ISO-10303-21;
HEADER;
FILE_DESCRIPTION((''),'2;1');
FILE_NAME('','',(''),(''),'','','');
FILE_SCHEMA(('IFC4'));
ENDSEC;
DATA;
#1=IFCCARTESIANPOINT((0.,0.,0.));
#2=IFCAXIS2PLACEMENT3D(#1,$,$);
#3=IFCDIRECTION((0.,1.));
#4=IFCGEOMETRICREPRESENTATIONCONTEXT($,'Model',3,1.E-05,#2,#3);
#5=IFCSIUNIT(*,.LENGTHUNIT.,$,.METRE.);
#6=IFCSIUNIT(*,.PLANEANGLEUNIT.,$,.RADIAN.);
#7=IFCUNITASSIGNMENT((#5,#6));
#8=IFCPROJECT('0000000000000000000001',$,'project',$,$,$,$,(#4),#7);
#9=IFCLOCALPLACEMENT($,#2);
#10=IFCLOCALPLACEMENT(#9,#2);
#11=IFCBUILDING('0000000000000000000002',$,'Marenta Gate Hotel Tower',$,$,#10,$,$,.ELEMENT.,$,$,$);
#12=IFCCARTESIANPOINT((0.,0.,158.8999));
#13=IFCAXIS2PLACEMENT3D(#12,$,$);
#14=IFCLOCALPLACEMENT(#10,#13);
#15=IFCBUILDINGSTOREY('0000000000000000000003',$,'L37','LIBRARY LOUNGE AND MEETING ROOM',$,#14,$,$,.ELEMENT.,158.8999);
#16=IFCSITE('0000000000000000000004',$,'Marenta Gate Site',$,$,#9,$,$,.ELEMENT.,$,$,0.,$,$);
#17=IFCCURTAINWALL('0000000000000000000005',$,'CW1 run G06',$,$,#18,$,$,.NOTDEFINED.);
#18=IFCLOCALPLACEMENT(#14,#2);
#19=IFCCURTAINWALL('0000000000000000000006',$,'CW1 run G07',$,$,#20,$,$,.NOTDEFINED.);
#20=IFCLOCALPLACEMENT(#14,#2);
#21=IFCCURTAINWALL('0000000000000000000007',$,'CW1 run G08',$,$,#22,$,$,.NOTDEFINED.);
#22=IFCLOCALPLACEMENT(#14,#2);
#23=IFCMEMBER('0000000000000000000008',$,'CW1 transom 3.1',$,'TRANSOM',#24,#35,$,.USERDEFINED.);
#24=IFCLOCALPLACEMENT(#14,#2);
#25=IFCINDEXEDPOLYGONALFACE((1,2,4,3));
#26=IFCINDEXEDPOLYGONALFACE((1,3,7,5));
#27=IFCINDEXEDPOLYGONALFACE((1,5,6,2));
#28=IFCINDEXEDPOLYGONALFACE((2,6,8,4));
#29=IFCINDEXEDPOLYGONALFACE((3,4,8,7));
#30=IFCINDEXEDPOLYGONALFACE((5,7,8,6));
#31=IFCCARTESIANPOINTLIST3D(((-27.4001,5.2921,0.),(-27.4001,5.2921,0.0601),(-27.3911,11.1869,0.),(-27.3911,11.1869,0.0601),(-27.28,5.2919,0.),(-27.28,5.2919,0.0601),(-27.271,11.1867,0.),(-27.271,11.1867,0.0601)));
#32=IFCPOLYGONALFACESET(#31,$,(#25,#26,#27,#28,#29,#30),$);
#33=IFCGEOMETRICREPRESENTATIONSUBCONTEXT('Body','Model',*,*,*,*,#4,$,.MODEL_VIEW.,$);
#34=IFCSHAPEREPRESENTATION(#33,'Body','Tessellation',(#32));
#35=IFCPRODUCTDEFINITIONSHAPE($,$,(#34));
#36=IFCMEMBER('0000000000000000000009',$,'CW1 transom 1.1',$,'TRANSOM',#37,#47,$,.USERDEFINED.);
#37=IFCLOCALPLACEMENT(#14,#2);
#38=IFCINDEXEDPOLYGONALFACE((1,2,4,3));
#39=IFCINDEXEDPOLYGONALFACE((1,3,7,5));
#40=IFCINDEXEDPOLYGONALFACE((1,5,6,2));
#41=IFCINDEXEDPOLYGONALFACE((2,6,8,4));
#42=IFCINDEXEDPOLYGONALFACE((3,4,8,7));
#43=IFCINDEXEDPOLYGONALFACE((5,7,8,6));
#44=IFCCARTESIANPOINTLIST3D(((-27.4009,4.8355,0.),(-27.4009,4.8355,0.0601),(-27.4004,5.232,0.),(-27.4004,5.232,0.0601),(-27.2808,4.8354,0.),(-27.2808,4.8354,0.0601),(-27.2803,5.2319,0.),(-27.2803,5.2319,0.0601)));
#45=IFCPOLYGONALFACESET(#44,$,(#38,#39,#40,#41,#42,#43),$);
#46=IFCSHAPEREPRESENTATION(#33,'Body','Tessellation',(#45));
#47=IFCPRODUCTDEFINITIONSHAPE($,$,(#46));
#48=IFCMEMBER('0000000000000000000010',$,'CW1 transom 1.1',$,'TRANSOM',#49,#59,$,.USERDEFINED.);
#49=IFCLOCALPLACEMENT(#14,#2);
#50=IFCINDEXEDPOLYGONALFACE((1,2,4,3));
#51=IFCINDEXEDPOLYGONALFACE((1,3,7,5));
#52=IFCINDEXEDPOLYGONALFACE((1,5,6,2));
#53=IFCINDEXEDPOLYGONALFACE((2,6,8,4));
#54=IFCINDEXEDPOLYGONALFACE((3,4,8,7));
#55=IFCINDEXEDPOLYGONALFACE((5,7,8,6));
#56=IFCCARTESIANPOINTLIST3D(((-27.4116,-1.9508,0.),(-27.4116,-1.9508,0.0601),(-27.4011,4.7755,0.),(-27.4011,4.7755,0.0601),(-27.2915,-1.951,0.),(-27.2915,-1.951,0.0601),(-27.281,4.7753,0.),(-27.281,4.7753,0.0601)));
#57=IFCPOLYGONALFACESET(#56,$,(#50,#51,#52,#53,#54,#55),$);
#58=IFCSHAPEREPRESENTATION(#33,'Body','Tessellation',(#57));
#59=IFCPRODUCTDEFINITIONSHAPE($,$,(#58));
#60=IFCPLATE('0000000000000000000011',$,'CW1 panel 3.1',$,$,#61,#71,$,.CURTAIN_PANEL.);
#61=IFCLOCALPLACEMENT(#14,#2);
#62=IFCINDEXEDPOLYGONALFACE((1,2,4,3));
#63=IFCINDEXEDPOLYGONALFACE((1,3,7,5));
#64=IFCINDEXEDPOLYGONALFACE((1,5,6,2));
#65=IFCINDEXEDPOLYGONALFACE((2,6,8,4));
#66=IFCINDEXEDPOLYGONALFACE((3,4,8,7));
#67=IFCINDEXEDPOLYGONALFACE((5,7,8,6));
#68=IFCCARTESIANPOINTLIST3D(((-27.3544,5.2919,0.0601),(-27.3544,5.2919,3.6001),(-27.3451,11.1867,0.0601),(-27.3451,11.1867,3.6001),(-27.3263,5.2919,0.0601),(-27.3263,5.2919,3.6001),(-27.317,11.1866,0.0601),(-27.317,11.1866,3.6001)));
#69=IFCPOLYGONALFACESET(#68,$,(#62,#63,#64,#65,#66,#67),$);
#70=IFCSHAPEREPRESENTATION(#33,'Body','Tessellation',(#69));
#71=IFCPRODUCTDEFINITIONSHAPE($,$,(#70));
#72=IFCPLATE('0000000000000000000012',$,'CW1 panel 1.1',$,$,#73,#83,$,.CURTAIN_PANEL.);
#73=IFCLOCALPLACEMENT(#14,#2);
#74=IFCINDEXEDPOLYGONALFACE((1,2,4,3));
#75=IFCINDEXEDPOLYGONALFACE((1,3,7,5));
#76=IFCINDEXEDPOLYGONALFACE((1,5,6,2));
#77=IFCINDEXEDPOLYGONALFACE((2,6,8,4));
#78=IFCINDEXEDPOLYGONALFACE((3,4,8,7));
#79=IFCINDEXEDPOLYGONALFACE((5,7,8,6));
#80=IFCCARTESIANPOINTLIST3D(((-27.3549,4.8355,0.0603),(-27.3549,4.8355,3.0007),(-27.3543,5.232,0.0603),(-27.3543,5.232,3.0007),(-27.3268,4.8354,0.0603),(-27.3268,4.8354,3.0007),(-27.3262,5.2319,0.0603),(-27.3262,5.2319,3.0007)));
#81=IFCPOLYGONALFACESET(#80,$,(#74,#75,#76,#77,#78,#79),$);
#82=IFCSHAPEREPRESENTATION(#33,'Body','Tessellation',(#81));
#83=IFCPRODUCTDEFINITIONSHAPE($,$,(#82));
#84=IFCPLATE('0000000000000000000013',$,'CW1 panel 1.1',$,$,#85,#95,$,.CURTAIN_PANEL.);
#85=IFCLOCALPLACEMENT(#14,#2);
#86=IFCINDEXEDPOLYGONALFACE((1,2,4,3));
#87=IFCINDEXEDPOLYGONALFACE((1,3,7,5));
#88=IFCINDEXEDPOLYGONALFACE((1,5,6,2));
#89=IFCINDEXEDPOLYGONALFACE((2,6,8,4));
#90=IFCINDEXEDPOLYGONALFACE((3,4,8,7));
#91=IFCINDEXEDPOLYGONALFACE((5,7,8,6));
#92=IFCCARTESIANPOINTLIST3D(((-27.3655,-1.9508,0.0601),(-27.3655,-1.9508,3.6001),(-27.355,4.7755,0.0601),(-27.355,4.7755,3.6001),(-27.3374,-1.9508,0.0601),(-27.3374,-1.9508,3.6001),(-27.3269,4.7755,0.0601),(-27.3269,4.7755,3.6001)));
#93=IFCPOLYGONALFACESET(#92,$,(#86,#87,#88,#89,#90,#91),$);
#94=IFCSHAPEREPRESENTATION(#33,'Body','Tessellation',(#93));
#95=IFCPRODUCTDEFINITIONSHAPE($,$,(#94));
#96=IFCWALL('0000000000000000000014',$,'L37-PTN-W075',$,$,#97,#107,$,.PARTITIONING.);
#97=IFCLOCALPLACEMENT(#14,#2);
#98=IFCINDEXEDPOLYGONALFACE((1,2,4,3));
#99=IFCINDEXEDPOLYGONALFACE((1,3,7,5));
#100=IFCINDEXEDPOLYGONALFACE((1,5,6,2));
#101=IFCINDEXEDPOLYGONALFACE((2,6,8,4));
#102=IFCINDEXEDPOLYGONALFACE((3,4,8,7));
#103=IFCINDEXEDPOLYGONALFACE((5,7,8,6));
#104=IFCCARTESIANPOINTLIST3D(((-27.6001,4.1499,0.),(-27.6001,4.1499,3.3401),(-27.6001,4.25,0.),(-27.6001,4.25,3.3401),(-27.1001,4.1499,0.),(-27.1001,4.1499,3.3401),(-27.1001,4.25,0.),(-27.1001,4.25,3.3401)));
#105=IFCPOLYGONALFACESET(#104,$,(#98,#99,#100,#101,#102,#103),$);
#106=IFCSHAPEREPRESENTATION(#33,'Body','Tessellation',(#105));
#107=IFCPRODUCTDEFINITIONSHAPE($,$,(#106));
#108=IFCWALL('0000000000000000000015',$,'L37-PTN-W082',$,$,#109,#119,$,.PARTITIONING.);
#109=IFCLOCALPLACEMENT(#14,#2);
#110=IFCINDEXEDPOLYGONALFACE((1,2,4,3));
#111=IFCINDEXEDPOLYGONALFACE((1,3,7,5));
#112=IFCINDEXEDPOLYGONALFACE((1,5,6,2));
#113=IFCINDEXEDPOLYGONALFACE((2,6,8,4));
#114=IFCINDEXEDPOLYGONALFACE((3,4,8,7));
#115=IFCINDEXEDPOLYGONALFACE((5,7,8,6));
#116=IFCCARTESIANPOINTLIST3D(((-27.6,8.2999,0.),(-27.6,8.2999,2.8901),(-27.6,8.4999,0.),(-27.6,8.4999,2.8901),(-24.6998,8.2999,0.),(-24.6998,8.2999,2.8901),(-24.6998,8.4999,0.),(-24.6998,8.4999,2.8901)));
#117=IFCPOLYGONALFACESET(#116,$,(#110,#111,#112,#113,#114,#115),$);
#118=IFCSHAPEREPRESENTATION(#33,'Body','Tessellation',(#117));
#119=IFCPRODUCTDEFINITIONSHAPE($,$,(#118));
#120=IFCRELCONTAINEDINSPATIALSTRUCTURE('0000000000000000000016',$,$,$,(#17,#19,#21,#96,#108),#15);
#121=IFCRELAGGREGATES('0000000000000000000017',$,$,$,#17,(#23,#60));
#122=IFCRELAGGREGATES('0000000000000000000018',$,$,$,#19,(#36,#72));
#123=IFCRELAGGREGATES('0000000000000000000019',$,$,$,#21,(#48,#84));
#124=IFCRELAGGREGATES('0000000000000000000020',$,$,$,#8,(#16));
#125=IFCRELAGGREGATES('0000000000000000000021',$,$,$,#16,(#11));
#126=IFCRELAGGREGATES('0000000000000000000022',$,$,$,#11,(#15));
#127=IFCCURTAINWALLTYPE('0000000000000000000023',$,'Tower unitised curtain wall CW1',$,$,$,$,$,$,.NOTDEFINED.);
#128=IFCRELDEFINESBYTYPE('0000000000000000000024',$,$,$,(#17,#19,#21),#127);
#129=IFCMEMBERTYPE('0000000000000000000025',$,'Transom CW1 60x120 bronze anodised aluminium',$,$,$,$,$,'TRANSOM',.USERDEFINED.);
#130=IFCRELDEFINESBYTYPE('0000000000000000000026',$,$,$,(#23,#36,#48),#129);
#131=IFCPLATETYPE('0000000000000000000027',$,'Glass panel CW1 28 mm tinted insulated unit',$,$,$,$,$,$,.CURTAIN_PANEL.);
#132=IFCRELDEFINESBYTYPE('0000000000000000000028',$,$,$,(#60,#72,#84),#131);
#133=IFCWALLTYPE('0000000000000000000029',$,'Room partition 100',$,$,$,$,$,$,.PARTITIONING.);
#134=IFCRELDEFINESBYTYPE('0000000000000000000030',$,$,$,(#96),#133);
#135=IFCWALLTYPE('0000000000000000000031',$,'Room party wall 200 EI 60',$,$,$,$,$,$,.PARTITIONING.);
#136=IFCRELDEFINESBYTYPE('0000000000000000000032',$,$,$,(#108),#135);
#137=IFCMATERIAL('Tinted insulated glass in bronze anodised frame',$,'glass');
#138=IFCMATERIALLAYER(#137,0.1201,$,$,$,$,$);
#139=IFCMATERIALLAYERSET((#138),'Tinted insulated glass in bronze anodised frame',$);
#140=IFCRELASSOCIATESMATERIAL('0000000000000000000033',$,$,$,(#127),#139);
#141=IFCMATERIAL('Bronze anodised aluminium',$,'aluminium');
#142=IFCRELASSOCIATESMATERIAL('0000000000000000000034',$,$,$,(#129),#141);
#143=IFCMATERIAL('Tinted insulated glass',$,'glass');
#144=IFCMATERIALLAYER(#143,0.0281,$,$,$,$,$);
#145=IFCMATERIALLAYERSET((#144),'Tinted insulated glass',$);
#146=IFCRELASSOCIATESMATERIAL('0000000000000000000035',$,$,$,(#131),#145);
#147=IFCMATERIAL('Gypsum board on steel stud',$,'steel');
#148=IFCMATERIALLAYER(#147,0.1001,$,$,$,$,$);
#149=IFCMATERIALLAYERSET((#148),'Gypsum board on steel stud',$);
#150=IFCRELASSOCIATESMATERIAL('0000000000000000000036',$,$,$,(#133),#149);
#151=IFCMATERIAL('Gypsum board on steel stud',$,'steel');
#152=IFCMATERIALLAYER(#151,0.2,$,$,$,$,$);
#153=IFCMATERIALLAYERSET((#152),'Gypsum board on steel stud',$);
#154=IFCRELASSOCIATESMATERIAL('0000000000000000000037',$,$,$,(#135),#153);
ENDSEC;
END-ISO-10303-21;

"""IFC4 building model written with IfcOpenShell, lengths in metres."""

from ifc_helpers import new_model, si_unit, direction, frame, frame_2d, origin, origin_2d, place, context, subcontext, project, spatial, rectangle, extrude, material, layer, layer_set, material_profile, profile_set, type_object, element, aggregate, save


model = new_model("IFC4")

# Units and contexts
model_context = context("Model", 3, precision=1e-05, world=origin(), true_north=direction((0.0, 1.0)))
body_context = subcontext(model_context, "Body", "Model", "MODEL_VIEW")
ifc_project = project(units=[si_unit("LENGTHUNIT", "METRE"), si_unit("PLANEANGLEUNIT", "RADIAN")], contexts=[model_context])

# Site, building, storey
site_placement = place(None, origin())
site = spatial("IfcSite", under=ifc_project, at=site_placement, Name="Marenta Gate Site", CompositionType="ELEMENT", RefElevation=0.0)
building_placement = place(site_placement, origin())
building = spatial("IfcBuilding", under=site, at=building_placement, Name="Marenta Gate Hotel Tower", CompositionType="ELEMENT")
storey_placement = place(building_placement, frame((0.0, 0.0, 158.8999)))
storey = spatial("IfcBuildingStorey", under=building, at=storey_placement, Name="L37", Description="LIBRARY LOUNGE AND MEETING ROOM", CompositionType="ELEMENT", Elevation=158.8999)

# Curtain walls
ifc_material_1 = material(Name="Tinted insulated glass in bronze anodised frame", Category="glass")
ifc_layer_1 = layer(ifc_material_1, 0.1201)
ifc_layer_set_1 = layer_set([ifc_layer_1], Name="Tinted insulated glass in bronze anodised frame")
curtain_wall_type = type_object("IfcCurtainWallType", Name="Tower unitised curtain wall CW1", PredefinedType="NOTDEFINED", material=ifc_layer_set_1)
curtain_wall_1_placement = place(storey_placement, origin())
curtain_wall_1 = element("IfcCurtainWall", 1, at=curtain_wall_1_placement, inside=storey, type_object=curtain_wall_type, Name="CW1 run G06", PredefinedType="NOTDEFINED")
curtain_wall_2_placement = place(storey_placement, origin())
curtain_wall_2 = element("IfcCurtainWall", 2, at=curtain_wall_2_placement, inside=storey, type_object=curtain_wall_type, Name="CW1 run G07", PredefinedType="NOTDEFINED")
curtain_wall_3_placement = place(storey_placement, origin())
curtain_wall_3 = element("IfcCurtainWall", 3, at=curtain_wall_3_placement, inside=storey, type_object=curtain_wall_type, Name="CW1 run G08", PredefinedType="NOTDEFINED")

# Members
ifc_material_2 = material(Name="Bronze anodised aluminium", Category="aluminium")
ifc_material_profile_1 = material_profile(ifc_material_2, rectangle(XDim=0.1201, YDim=0.0601, at=origin_2d()), Name="Transom CW1 60x120 bronze anodised aluminium")
ifc_profile_set_1 = profile_set([ifc_material_profile_1], Name="Bronze anodised aluminium")
member_type_1 = type_object("IfcMemberType", Name="Transom CW1 60x120 bronze anodised aluminium", ElementType="TRANSOM", PredefinedType="USERDEFINED", material=ifc_profile_set_1)
member_1_placement = place(storey_placement, frame((-27.3311, 11.1868, 0.03), z_axis=(-0.001532, -0.999999, 0.0), x_axis=(0.999999, -0.001532, 0.0)))
member_1 = element("IfcMember", 4, at=member_1_placement, type_object=member_type_1, Name="CW1 transom 3.1", ObjectType="TRANSOM", PredefinedType="USERDEFINED", context=body_context, shape_type="SweptSolid", body=[
    extrude(rectangle(XDim=0.1201, YDim=0.0601, at=origin_2d()), origin(), (0.0, 0.0, 1.0), 5.8948),
])
member_2_placement = place(storey_placement, frame((-27.3403, 5.2319, 0.03), z_axis=(-0.001232, -0.999999, 0.0), x_axis=(0.999999, -0.001232, 0.0)))
member_2 = element("IfcMember", 5, at=member_2_placement, type_object=member_type_1, Name="CW1 transom 1.1", ObjectType="TRANSOM", PredefinedType="USERDEFINED", context=body_context, shape_type="SweptSolid", body=[
    extrude(rectangle(XDim=0.1201, YDim=0.0601, at=origin_2d()), origin(), (0.0, 0.0, 1.0), 0.3965),
])
member_3_placement = place(storey_placement, frame((-27.3411, 4.7754, 0.03), z_axis=(-0.001561, -0.999999, 0.0), x_axis=(0.999999, -0.001561, 0.0)))
member_3 = element("IfcMember", 6, at=member_3_placement, type_object=member_type_1, Name="CW1 transom 1.1", ObjectType="TRANSOM", PredefinedType="USERDEFINED", context=body_context, shape_type="SweptSolid", body=[
    extrude(rectangle(XDim=0.1201, YDim=0.0601, at=origin_2d()), origin(), (0.0, 0.0, 1.0), 6.7263),
])

# Plates
ifc_material_3 = material(Name="Tinted insulated glass", Category="glass")
ifc_layer_2 = layer(ifc_material_3, 0.0281)
ifc_layer_set_2 = layer_set([ifc_layer_2], Name="Tinted insulated glass")
plate_type = type_object("IfcPlateType", Name="Glass panel CW1 28 mm tinted insulated unit", PredefinedType="CURTAIN_PANEL", material=ifc_layer_set_2)
plate_1_placement = place(storey_placement, frame((-27.3357, 8.2393, 0.0601), z_axis=(0.0, 0.0, 1.0), x_axis=(-0.00157, -0.999999, 0.0)))
plate_1 = element("IfcPlate", 7, at=plate_1_placement, type_object=plate_type, Name="CW1 panel 3.1", PredefinedType="CURTAIN_PANEL", context=body_context, shape_type="SweptSolid", body=[
    extrude(rectangle(XDim=5.8948, YDim=0.0281, at=origin_2d()), origin(), (0.0, 0.0, 1.0), 3.54),
])
aggregate(curtain_wall_1, [member_1, plate_1])
plate_2_placement = place(storey_placement, frame((-27.3406, 5.0337, 0.0603), z_axis=(0.0, 0.0, 1.0), x_axis=(-0.001533, -0.999999, 0.0)))
plate_2 = element("IfcPlate", 8, at=plate_2_placement, type_object=plate_type, Name="CW1 panel 1.1", PredefinedType="CURTAIN_PANEL", context=body_context, shape_type="SweptSolid", body=[
    extrude(rectangle(XDim=0.3965, YDim=0.0281, at=origin_2d()), origin(), (0.0, 0.0, 1.0), 2.9404),
])
aggregate(curtain_wall_2, [member_2, plate_2])
plate_3_placement = place(storey_placement, frame((-27.3462, 1.4124, 0.0601), z_axis=(0.0, 0.0, 1.0), x_axis=(-0.001565, -0.999999, 0.0)))
plate_3 = element("IfcPlate", 9, at=plate_3_placement, type_object=plate_type, Name="CW1 panel 1.1", PredefinedType="CURTAIN_PANEL", context=body_context, shape_type="SweptSolid", body=[
    extrude(rectangle(XDim=6.7263, YDim=0.0281, at=origin_2d()), origin(), (0.0, 0.0, 1.0), 3.54),
])
aggregate(curtain_wall_3, [member_3, plate_3])

# Walls
ifc_material_4 = material(Name="Gypsum board on steel stud", Category="steel")
ifc_layer_3 = layer(ifc_material_4, 0.1001)
ifc_layer_set_3 = layer_set([ifc_layer_3], Name="Gypsum board on steel stud")
wall_type_1 = type_object("IfcWallType", Name="Room partition 100", PredefinedType="PARTITIONING", material=ifc_layer_set_3)
wall_1_placement = place(storey_placement, frame((-27.6001, 4.2, 0.0), z_axis=(0.0, 0.0, 1.0), x_axis=(1.0, 0.0, 0.0)))
element("IfcWall", 10, at=wall_1_placement, inside=storey, type_object=wall_type_1, Name="L37-PTN-W075", PredefinedType="PARTITIONING", context=body_context, shape_type="SweptSolid", body=[
    extrude(rectangle(XDim=0.5, YDim=0.1001, at=frame_2d((0.25, 0.0))), origin(), (0.0, 0.0, 1.0), 3.3401),
])
ifc_material_5 = material(Name="Gypsum board on steel stud", Category="steel")
ifc_layer_4 = layer(ifc_material_5, 0.2)
ifc_layer_set_4 = layer_set([ifc_layer_4], Name="Gypsum board on steel stud")
wall_type_2 = type_object("IfcWallType", Name="Room party wall 200 EI 60", PredefinedType="PARTITIONING", material=ifc_layer_set_4)
wall_2_placement = place(storey_placement, frame((-27.6001, 8.3999, 0.0), z_axis=(0.0, 0.0, 1.0), x_axis=(1.0, 0.0, 0.0)))
element("IfcWall", 11, at=wall_2_placement, inside=storey, type_object=wall_type_2, Name="L37-PTN-W082", PredefinedType="PARTITIONING", context=body_context, shape_type="SweptSolid", body=[
    extrude(rectangle(XDim=2.9001, YDim=0.2, at=frame_2d((1.4502, 0.0))), origin(), (0.0, 0.0, 1.0), 2.8901),
])

save(model, "model.ifc")
